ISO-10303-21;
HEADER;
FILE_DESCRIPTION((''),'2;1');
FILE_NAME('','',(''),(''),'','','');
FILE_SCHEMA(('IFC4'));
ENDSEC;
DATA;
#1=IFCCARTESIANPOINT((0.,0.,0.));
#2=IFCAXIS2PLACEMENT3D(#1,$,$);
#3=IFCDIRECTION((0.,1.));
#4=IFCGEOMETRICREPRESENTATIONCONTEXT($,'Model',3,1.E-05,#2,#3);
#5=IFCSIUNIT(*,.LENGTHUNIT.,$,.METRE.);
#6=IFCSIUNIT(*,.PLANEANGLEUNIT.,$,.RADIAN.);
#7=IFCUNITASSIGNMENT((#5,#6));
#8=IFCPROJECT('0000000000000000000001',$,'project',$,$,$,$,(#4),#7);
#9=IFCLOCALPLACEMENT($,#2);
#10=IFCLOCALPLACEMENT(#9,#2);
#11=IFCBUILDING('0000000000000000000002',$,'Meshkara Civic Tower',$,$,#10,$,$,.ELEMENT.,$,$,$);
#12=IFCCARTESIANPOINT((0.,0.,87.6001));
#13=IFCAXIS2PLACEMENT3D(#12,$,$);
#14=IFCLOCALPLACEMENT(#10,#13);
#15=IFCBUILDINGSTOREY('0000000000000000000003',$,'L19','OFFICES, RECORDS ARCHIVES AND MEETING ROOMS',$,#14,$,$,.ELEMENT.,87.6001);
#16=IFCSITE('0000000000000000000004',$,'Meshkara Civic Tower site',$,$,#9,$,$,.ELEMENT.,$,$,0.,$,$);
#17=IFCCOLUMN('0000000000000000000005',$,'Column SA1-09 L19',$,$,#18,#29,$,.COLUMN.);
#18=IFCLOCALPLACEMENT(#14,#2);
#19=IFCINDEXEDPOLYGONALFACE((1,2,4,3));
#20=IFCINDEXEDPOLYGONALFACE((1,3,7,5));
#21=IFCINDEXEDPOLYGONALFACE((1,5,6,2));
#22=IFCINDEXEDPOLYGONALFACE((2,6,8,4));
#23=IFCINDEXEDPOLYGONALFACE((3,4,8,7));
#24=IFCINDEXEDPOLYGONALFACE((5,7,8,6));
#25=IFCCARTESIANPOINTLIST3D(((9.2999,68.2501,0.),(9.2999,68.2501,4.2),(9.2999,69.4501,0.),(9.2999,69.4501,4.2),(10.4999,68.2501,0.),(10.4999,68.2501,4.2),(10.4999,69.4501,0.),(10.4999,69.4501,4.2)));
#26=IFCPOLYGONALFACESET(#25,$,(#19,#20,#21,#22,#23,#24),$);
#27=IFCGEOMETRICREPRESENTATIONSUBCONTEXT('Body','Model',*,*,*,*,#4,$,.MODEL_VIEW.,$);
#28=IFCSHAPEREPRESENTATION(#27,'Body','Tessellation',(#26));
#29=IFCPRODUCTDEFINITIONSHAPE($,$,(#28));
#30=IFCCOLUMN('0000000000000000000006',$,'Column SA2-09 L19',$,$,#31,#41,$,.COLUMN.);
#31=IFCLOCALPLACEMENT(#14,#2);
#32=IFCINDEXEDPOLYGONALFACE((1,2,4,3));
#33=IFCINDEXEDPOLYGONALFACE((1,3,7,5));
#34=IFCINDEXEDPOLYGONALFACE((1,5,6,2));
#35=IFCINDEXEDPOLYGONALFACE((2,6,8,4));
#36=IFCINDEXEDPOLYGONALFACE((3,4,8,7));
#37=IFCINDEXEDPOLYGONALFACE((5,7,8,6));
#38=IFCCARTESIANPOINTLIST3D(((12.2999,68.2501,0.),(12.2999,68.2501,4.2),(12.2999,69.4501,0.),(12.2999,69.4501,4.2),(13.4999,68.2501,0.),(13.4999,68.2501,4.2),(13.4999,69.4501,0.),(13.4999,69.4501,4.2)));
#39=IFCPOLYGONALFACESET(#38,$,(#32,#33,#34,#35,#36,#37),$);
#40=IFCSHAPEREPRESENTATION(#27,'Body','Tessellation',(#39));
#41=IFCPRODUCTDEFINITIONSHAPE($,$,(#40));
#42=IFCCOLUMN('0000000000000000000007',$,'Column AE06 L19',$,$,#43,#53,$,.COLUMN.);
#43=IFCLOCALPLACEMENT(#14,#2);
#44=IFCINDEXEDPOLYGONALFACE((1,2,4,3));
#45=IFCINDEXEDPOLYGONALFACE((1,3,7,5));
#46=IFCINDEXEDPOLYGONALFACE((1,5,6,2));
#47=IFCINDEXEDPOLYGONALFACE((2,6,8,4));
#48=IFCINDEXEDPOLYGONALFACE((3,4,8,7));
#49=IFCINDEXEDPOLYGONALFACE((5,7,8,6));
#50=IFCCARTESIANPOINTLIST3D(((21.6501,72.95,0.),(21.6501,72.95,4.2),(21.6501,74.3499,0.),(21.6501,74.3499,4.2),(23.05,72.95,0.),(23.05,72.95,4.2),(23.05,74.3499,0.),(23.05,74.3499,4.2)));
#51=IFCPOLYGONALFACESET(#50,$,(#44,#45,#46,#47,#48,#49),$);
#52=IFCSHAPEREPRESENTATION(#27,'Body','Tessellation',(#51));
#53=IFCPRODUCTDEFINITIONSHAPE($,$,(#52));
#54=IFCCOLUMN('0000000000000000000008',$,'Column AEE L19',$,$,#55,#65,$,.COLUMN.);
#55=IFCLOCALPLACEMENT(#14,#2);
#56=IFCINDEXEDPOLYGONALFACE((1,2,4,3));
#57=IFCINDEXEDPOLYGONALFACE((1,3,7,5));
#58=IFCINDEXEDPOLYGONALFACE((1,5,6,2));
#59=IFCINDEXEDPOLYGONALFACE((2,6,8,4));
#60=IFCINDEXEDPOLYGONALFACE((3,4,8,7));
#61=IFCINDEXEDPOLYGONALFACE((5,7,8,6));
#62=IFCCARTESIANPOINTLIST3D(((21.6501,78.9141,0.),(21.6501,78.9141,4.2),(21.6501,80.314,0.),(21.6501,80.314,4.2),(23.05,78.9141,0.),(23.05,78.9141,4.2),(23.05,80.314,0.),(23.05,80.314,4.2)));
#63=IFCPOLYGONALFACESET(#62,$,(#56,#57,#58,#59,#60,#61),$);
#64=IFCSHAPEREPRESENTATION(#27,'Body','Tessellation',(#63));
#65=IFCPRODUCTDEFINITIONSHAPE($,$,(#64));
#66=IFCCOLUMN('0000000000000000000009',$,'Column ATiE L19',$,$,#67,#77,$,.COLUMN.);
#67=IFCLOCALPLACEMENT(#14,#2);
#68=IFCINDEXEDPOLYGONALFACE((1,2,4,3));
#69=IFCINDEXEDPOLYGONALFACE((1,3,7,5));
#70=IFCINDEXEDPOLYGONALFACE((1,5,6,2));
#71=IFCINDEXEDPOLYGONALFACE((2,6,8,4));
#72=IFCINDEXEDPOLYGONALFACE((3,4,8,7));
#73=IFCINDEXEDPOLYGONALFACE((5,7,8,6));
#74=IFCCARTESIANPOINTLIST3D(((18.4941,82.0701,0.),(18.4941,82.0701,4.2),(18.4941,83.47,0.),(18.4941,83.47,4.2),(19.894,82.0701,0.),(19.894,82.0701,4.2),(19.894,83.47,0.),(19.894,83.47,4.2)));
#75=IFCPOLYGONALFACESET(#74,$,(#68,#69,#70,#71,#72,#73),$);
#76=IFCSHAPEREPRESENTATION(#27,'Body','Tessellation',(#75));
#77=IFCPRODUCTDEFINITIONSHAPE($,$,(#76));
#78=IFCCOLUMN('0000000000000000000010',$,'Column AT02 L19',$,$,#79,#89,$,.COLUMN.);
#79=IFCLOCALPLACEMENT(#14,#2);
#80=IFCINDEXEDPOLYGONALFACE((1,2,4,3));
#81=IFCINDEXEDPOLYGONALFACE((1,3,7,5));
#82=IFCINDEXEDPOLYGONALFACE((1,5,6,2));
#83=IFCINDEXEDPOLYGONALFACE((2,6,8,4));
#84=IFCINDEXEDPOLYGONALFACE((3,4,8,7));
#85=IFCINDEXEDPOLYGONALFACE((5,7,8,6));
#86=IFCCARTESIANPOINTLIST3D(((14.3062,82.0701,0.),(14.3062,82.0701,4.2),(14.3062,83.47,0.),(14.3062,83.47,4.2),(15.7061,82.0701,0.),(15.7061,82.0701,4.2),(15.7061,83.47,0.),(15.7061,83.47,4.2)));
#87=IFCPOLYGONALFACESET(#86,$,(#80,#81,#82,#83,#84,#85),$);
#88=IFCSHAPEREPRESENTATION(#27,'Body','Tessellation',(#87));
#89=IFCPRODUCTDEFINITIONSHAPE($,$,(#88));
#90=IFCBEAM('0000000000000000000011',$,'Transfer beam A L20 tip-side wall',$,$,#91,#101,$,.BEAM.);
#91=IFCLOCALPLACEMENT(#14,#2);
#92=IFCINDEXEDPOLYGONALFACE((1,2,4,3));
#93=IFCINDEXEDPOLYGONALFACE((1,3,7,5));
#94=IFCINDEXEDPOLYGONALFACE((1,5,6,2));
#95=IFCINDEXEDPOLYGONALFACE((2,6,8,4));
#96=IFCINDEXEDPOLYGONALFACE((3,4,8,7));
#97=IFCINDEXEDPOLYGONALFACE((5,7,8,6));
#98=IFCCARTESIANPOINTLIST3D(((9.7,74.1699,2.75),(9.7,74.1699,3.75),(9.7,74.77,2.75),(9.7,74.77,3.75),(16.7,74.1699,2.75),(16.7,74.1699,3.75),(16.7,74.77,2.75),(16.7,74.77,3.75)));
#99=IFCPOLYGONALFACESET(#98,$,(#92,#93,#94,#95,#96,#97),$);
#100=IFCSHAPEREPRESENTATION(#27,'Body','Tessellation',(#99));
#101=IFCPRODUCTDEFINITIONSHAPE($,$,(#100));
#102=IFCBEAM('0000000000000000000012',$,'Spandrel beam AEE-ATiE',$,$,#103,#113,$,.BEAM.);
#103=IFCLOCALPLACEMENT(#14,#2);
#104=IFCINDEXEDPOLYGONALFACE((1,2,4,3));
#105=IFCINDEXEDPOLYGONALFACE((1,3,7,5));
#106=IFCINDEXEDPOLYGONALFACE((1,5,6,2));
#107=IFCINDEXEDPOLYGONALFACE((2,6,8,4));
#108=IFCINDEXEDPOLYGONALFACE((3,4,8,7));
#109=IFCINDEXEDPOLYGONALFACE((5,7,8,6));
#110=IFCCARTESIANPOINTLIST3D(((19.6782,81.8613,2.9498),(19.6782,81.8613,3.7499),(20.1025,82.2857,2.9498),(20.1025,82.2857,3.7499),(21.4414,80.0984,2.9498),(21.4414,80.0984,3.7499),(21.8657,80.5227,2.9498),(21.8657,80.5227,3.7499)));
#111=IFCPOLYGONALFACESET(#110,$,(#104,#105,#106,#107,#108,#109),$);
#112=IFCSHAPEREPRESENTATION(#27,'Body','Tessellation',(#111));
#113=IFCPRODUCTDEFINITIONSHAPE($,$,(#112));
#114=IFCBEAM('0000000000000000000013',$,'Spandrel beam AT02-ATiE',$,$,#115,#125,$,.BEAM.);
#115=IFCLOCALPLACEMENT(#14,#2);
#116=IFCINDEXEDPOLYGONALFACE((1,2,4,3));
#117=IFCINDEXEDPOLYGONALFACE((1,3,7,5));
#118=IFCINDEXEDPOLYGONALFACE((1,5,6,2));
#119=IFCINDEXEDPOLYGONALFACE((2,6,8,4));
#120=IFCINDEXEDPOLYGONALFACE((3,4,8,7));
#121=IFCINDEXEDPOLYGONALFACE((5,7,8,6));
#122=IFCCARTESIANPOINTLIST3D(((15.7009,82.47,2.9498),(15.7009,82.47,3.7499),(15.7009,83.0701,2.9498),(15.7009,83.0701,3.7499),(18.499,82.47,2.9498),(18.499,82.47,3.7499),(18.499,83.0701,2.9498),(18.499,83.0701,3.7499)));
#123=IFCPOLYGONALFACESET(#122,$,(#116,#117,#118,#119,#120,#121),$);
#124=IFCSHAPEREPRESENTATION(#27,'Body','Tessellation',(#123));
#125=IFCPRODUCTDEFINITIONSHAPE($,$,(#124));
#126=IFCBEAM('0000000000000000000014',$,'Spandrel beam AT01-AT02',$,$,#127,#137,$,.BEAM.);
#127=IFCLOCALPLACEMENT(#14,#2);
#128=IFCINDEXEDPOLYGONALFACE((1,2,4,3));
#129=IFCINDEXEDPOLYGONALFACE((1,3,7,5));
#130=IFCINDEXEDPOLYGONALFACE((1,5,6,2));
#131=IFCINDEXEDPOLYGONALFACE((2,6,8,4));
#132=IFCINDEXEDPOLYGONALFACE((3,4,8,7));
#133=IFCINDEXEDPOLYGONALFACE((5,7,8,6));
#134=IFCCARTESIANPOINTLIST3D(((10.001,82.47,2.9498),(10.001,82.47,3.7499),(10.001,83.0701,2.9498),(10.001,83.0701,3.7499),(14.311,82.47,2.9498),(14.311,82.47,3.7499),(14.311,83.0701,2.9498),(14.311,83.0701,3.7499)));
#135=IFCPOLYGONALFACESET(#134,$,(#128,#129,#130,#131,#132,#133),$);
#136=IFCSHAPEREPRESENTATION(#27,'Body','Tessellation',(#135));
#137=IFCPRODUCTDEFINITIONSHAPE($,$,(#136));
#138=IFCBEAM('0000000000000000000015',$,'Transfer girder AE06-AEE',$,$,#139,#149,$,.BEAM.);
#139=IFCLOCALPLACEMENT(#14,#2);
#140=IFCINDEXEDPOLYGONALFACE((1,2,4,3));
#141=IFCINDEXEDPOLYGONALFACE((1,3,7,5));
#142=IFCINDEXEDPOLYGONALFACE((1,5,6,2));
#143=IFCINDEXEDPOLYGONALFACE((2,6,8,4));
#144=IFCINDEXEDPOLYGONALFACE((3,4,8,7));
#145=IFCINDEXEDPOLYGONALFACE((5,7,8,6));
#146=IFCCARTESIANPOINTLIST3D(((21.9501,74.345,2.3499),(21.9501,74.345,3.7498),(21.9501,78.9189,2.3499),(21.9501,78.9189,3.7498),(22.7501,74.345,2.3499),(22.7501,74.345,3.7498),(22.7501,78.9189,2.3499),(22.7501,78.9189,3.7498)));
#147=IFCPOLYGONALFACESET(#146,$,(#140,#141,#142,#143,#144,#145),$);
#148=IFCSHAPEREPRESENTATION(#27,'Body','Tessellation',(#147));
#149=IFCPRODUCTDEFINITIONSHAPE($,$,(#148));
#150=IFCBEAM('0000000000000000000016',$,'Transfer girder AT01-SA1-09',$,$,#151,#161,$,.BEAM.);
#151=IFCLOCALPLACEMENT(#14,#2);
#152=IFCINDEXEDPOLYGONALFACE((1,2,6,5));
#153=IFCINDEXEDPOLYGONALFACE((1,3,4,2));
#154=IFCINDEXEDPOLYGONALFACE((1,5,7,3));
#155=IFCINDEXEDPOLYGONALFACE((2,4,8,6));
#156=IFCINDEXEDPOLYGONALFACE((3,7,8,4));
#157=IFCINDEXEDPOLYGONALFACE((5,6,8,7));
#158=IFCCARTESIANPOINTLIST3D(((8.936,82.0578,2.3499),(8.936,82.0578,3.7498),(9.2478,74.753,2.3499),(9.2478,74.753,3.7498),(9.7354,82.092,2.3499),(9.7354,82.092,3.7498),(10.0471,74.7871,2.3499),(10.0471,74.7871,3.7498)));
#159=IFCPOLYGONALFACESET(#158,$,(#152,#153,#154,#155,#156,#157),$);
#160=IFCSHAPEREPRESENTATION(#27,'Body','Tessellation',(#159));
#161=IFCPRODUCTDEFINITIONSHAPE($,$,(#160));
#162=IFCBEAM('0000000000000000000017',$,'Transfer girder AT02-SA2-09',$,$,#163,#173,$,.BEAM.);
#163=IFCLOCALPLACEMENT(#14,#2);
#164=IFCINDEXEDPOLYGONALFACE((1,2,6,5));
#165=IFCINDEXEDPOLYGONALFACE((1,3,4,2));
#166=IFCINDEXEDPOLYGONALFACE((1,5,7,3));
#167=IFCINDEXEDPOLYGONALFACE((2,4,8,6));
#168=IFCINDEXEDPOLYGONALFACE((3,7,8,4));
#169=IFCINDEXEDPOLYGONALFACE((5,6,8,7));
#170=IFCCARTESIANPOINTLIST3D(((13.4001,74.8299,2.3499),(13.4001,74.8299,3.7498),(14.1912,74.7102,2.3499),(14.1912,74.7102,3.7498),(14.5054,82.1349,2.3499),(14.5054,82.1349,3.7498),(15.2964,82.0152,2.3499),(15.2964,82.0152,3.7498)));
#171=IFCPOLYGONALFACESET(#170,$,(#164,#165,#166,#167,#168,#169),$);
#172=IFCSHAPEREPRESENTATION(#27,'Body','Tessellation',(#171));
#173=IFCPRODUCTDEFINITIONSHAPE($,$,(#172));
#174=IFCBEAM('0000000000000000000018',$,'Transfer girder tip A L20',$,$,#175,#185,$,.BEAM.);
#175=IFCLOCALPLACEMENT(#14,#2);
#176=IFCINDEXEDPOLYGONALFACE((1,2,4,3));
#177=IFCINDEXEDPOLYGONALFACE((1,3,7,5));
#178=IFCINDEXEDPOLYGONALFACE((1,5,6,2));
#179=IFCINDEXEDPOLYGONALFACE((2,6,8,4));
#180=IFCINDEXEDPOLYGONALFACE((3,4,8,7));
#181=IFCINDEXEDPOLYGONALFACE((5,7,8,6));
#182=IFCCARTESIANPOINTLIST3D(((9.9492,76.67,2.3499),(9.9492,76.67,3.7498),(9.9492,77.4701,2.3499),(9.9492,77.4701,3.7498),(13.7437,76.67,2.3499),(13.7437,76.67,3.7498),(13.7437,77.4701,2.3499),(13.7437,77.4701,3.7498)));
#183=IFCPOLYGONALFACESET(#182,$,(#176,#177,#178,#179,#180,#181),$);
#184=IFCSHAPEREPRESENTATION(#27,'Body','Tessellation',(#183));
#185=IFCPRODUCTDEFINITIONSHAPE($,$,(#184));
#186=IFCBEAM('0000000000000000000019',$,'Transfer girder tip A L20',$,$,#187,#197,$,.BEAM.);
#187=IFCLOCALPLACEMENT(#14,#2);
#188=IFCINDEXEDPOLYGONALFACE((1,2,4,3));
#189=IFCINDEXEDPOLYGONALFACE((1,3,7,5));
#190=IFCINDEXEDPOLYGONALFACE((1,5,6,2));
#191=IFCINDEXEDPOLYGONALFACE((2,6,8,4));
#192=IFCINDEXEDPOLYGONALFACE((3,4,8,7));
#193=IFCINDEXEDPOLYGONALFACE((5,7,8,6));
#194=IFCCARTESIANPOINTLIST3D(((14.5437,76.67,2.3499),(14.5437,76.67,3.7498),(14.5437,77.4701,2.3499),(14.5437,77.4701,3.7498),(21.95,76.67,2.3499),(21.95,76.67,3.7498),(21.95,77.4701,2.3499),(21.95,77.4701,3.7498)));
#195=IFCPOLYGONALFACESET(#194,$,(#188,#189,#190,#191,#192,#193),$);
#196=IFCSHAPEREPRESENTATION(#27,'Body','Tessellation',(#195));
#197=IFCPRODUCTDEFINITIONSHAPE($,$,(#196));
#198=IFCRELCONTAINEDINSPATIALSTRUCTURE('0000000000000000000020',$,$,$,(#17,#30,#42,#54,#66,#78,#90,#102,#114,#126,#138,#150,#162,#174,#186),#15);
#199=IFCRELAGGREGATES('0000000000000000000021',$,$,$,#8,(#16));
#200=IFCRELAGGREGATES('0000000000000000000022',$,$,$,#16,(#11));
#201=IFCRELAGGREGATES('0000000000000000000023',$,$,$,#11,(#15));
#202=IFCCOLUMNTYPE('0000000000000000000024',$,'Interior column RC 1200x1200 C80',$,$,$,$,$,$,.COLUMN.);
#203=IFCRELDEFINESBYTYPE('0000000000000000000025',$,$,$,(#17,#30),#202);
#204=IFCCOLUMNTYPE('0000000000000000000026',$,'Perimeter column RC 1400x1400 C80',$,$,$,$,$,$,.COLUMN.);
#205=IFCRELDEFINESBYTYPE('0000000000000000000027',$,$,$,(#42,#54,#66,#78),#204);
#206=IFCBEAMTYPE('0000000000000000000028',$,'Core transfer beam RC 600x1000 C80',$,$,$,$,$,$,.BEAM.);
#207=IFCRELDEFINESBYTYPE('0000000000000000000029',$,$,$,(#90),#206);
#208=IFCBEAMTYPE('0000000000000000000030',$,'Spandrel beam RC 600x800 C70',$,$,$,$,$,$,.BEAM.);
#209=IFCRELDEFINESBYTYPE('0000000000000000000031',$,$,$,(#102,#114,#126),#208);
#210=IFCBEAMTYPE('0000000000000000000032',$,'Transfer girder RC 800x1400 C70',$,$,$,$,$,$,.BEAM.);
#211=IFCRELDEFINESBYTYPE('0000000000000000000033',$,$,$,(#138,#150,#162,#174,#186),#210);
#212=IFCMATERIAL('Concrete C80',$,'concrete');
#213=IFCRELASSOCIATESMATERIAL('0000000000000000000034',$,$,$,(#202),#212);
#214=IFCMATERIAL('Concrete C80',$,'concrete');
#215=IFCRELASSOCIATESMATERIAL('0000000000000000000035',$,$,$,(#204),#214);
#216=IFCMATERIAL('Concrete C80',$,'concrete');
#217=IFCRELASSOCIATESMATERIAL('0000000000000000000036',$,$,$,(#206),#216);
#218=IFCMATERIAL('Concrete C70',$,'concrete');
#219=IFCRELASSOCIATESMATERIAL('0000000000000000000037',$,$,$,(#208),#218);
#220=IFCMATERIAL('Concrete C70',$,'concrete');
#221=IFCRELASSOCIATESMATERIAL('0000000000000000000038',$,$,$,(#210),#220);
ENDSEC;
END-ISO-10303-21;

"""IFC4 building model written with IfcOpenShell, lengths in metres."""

from ifc_helpers import new_model, si_unit, direction, frame, origin, origin_2d, place, context, subcontext, project, spatial, rectangle, extrude, material, material_profile, profile_set, type_object, element, save


model = new_model("IFC4")

# Units and contexts
model_context = context("Model", 3, precision=1e-05, world=origin(), true_north=direction((0.0, 1.0)))
body_context = subcontext(model_context, "Body", "Model", "MODEL_VIEW")
ifc_project = project(units=[si_unit("LENGTHUNIT", "METRE"), si_unit("PLANEANGLEUNIT", "RADIAN")], contexts=[model_context])

# Site, building, storey
site_placement = place(None, origin())
site = spatial("IfcSite", under=ifc_project, at=site_placement, Name="Meshkara Civic Tower site", CompositionType="ELEMENT", RefElevation=0.0)
building_placement = place(site_placement, origin())
building = spatial("IfcBuilding", under=site, at=building_placement, Name="Meshkara Civic Tower", CompositionType="ELEMENT")
storey_placement = place(building_placement, frame((0.0, 0.0, 87.6001)))
storey = spatial("IfcBuildingStorey", under=building, at=storey_placement, Name="L19", Description="OFFICES, RECORDS ARCHIVES AND MEETING ROOMS", CompositionType="ELEMENT", Elevation=87.6001)

# Columns
ifc_material_1 = material(Name="Concrete C80", Category="concrete")
ifc_material_profile_1 = material_profile(ifc_material_1, rectangle(XDim=1.2, YDim=1.2, at=origin_2d()))
ifc_profile_set_1 = profile_set([ifc_material_profile_1], Name="Concrete C80")
column_type_1 = type_object("IfcColumnType", Name="Interior column RC 1200x1200 C80", PredefinedType="COLUMN", material=ifc_profile_set_1)
for number, where, z_axis, x_axis, name in (
    (1, (9.8999, 68.8501, 0.0), (0.0, 0.0, 1.0), (1.0, 0.0, 0.0), "Column SA1-09 L19"),
    (2, (12.8999, 68.8501, 0.0), (0.0, 0.0, 1.0), (1.0, 0.0, 0.0), "Column SA2-09 L19"),
):
    element("IfcColumn", number, at=place(storey_placement, frame(where, z_axis=z_axis, x_axis=x_axis)), inside=storey, type_object=column_type_1, Name=name, PredefinedType="COLUMN", context=body_context, shape_type="SweptSolid", body=[
        extrude(rectangle(XDim=1.2, YDim=1.2, at=origin_2d()), origin(), (0.0, 0.0, 1.0), 4.2),
    ])
ifc_material_2 = material(Name="Concrete C80", Category="concrete")
ifc_material_profile_2 = material_profile(ifc_material_2, rectangle(XDim=1.3999, YDim=1.3999, at=origin_2d()))
ifc_profile_set_2 = profile_set([ifc_material_profile_2], Name="Concrete C80")
column_type_2 = type_object("IfcColumnType", Name="Perimeter column RC 1400x1400 C80", PredefinedType="COLUMN", material=ifc_profile_set_2)
for number, where, z_axis, x_axis, name in (
    (3, (22.3501, 73.6499, 0.0), (0.0, 0.0, 1.0), (1.0, 0.0, 0.0), "Column AE06 L19"),
    (4, (22.3501, 79.614, 0.0), (0.0, 0.0, 1.0), (1.0, 0.0, 0.0), "Column AEE L19"),
    (5, (19.1941, 82.77, 0.0), (0.0, 0.0, 1.0), (1.0, 0.0, 0.0), "Column ATiE L19"),
    (6, (15.0061, 82.77, 0.0), (0.0, 0.0, 1.0), (1.0, 0.0, 0.0), "Column AT02 L19"),
):
    element("IfcColumn", number, at=place(storey_placement, frame(where, z_axis=z_axis, x_axis=x_axis)), inside=storey, type_object=column_type_2, Name=name, PredefinedType="COLUMN", context=body_context, shape_type="SweptSolid", body=[
        extrude(rectangle(XDim=1.3999, YDim=1.3999, at=origin_2d()), origin(), (0.0, 0.0, 1.0), 4.2),
    ])

# Beams
ifc_material_3 = material(Name="Concrete C80", Category="concrete")
ifc_material_profile_3 = material_profile(ifc_material_3, rectangle(XDim=0.6001, YDim=1.0, at=origin_2d()))
ifc_profile_set_3 = profile_set([ifc_material_profile_3], Name="Concrete C80")
beam_type_1 = type_object("IfcBeamType", Name="Core transfer beam RC 600x1000 C80", PredefinedType="BEAM", material=ifc_profile_set_3)
beam_1_placement = place(storey_placement, frame((9.7, 74.47, 3.25), z_axis=(1.0, 0.0, 0.0), x_axis=(0.0, 1.0, 0.0)))
element("IfcBeam", 7, at=beam_1_placement, inside=storey, type_object=beam_type_1, Name="Transfer beam A L20 tip-side wall", PredefinedType="BEAM", context=body_context, shape_type="SweptSolid", body=[
    extrude(rectangle(XDim=0.6001, YDim=1.0, at=origin_2d()), origin(), (0.0, 0.0, 1.0), 7.0),
])
ifc_material_4 = material(Name="Concrete C70", Category="concrete")
ifc_material_profile_4 = material_profile(ifc_material_4, rectangle(XDim=0.6001, YDim=0.8, at=origin_2d()))
ifc_profile_set_4 = profile_set([ifc_material_profile_4], Name="Concrete C70")
beam_type_2 = type_object("IfcBeamType", Name="Spandrel beam RC 600x800 C70", PredefinedType="BEAM", material=ifc_profile_set_4)
beam_2_placement = place(storey_placement, frame((21.6536, 80.3105, 3.3499), z_axis=(-0.707156, 0.707058, 0.0), x_axis=(-0.707058, -0.707156, 0.0)))
element("IfcBeam", 8, at=beam_2_placement, inside=storey, type_object=beam_type_2, Name="Spandrel beam AEE-ATiE", PredefinedType="BEAM", context=body_context, shape_type="SweptSolid", body=[
    extrude(rectangle(XDim=0.6001, YDim=0.8, at=origin_2d()), origin(), (0.0, 0.0, 1.0), 2.4934),
])
beam_3_placement = place(storey_placement, frame((18.499, 82.77, 3.3499), z_axis=(-1.0, 0.0, 0.0), x_axis=(0.0, -1.0, 0.0)))
element("IfcBeam", 9, at=beam_3_placement, inside=storey, type_object=beam_type_2, Name="Spandrel beam AT02-ATiE", PredefinedType="BEAM", context=body_context, shape_type="SweptSolid", body=[
    extrude(rectangle(XDim=0.6001, YDim=0.8, at=origin_2d()), origin(), (0.0, 0.0, 1.0), 2.7981),
])
beam_4_placement = place(storey_placement, frame((14.311, 82.77, 3.3499), z_axis=(-1.0, 0.0, 0.0), x_axis=(0.0, -1.0, 0.0)))
element("IfcBeam", 10, at=beam_4_placement, inside=storey, type_object=beam_type_2, Name="Spandrel beam AT01-AT02", PredefinedType="BEAM", context=body_context, shape_type="SweptSolid", body=[
    extrude(rectangle(XDim=0.6001, YDim=0.8, at=origin_2d()), origin(), (0.0, 0.0, 1.0), 4.3101),
])
ifc_material_5 = material(Name="Concrete C70", Category="concrete")
ifc_material_profile_5 = material_profile(ifc_material_5, rectangle(XDim=0.8, YDim=1.3999, at=origin_2d()))
ifc_profile_set_5 = profile_set([ifc_material_profile_5], Name="Concrete C70")
beam_type_3 = type_object("IfcBeamType", Name="Transfer girder RC 800x1400 C70", PredefinedType="BEAM", material=ifc_profile_set_5)
beam_5_placement = place(storey_placement, frame((22.3501, 74.345, 3.0498), z_axis=(0.0, 1.0, 0.0), x_axis=(-1.0, 0.0, 0.0)))
element("IfcBeam", 11, at=beam_5_placement, inside=storey, type_object=beam_type_3, Name="Transfer girder AE06-AEE", PredefinedType="BEAM", context=body_context, shape_type="SweptSolid", body=[
    extrude(rectangle(XDim=0.8, YDim=1.3999, at=origin_2d()), origin(), (0.0, 0.0, 1.0), 4.574),
])
beam_6_placement = place(storey_placement, frame((9.6475, 74.77, 3.0498), z_axis=(-0.04264, 0.99909, 0.0), x_axis=(-0.99909, -0.04264, 0.0)))
element("IfcBeam", 12, at=beam_6_placement, inside=storey, type_object=beam_type_3, Name="Transfer girder AT01-SA1-09", PredefinedType="BEAM", context=body_context, shape_type="SweptSolid", body=[
    extrude(rectangle(XDim=0.8, YDim=1.3999, at=origin_2d()), origin(), (0.0, 0.0, 1.0), 7.3115),
])
beam_7_placement = place(storey_placement, frame((13.7957, 74.77, 3.0498), z_axis=(0.149596, 0.988747, 0.0), x_axis=(-0.988747, 0.149596, 0.0)))
element("IfcBeam", 13, at=beam_7_placement, inside=storey, type_object=beam_type_3, Name="Transfer girder AT02-SA2-09", PredefinedType="BEAM", context=body_context, shape_type="SweptSolid", body=[
    extrude(rectangle(XDim=0.8, YDim=1.3999, at=origin_2d()), origin(), (0.0, 0.0, 1.0), 7.3882),
])
beam_8_placement = place(storey_placement, frame((9.9492, 77.0701, 3.0498), z_axis=(1.0, 0.0, 0.0), x_axis=(0.0, 1.0, 0.0)))
element("IfcBeam", 14, at=beam_8_placement, inside=storey, type_object=beam_type_3, Name="Transfer girder tip A L20", PredefinedType="BEAM", context=body_context, shape_type="SweptSolid", body=[
    extrude(rectangle(XDim=0.8, YDim=1.3999, at=origin_2d()), origin(), (0.0, 0.0, 1.0), 3.7944),
])
beam_9_placement = place(storey_placement, frame((14.5437, 77.0701, 3.0498), z_axis=(1.0, 0.0, 0.0), x_axis=(0.0, 1.0, 0.0)))
element("IfcBeam", 15, at=beam_9_placement, inside=storey, type_object=beam_type_3, Name="Transfer girder tip A L20", PredefinedType="BEAM", context=body_context, shape_type="SweptSolid", body=[
    extrude(rectangle(XDim=0.8, YDim=1.3999, at=origin_2d()), origin(), (0.0, 0.0, 1.0), 7.4062),
])

save(model, "model.ifc")
